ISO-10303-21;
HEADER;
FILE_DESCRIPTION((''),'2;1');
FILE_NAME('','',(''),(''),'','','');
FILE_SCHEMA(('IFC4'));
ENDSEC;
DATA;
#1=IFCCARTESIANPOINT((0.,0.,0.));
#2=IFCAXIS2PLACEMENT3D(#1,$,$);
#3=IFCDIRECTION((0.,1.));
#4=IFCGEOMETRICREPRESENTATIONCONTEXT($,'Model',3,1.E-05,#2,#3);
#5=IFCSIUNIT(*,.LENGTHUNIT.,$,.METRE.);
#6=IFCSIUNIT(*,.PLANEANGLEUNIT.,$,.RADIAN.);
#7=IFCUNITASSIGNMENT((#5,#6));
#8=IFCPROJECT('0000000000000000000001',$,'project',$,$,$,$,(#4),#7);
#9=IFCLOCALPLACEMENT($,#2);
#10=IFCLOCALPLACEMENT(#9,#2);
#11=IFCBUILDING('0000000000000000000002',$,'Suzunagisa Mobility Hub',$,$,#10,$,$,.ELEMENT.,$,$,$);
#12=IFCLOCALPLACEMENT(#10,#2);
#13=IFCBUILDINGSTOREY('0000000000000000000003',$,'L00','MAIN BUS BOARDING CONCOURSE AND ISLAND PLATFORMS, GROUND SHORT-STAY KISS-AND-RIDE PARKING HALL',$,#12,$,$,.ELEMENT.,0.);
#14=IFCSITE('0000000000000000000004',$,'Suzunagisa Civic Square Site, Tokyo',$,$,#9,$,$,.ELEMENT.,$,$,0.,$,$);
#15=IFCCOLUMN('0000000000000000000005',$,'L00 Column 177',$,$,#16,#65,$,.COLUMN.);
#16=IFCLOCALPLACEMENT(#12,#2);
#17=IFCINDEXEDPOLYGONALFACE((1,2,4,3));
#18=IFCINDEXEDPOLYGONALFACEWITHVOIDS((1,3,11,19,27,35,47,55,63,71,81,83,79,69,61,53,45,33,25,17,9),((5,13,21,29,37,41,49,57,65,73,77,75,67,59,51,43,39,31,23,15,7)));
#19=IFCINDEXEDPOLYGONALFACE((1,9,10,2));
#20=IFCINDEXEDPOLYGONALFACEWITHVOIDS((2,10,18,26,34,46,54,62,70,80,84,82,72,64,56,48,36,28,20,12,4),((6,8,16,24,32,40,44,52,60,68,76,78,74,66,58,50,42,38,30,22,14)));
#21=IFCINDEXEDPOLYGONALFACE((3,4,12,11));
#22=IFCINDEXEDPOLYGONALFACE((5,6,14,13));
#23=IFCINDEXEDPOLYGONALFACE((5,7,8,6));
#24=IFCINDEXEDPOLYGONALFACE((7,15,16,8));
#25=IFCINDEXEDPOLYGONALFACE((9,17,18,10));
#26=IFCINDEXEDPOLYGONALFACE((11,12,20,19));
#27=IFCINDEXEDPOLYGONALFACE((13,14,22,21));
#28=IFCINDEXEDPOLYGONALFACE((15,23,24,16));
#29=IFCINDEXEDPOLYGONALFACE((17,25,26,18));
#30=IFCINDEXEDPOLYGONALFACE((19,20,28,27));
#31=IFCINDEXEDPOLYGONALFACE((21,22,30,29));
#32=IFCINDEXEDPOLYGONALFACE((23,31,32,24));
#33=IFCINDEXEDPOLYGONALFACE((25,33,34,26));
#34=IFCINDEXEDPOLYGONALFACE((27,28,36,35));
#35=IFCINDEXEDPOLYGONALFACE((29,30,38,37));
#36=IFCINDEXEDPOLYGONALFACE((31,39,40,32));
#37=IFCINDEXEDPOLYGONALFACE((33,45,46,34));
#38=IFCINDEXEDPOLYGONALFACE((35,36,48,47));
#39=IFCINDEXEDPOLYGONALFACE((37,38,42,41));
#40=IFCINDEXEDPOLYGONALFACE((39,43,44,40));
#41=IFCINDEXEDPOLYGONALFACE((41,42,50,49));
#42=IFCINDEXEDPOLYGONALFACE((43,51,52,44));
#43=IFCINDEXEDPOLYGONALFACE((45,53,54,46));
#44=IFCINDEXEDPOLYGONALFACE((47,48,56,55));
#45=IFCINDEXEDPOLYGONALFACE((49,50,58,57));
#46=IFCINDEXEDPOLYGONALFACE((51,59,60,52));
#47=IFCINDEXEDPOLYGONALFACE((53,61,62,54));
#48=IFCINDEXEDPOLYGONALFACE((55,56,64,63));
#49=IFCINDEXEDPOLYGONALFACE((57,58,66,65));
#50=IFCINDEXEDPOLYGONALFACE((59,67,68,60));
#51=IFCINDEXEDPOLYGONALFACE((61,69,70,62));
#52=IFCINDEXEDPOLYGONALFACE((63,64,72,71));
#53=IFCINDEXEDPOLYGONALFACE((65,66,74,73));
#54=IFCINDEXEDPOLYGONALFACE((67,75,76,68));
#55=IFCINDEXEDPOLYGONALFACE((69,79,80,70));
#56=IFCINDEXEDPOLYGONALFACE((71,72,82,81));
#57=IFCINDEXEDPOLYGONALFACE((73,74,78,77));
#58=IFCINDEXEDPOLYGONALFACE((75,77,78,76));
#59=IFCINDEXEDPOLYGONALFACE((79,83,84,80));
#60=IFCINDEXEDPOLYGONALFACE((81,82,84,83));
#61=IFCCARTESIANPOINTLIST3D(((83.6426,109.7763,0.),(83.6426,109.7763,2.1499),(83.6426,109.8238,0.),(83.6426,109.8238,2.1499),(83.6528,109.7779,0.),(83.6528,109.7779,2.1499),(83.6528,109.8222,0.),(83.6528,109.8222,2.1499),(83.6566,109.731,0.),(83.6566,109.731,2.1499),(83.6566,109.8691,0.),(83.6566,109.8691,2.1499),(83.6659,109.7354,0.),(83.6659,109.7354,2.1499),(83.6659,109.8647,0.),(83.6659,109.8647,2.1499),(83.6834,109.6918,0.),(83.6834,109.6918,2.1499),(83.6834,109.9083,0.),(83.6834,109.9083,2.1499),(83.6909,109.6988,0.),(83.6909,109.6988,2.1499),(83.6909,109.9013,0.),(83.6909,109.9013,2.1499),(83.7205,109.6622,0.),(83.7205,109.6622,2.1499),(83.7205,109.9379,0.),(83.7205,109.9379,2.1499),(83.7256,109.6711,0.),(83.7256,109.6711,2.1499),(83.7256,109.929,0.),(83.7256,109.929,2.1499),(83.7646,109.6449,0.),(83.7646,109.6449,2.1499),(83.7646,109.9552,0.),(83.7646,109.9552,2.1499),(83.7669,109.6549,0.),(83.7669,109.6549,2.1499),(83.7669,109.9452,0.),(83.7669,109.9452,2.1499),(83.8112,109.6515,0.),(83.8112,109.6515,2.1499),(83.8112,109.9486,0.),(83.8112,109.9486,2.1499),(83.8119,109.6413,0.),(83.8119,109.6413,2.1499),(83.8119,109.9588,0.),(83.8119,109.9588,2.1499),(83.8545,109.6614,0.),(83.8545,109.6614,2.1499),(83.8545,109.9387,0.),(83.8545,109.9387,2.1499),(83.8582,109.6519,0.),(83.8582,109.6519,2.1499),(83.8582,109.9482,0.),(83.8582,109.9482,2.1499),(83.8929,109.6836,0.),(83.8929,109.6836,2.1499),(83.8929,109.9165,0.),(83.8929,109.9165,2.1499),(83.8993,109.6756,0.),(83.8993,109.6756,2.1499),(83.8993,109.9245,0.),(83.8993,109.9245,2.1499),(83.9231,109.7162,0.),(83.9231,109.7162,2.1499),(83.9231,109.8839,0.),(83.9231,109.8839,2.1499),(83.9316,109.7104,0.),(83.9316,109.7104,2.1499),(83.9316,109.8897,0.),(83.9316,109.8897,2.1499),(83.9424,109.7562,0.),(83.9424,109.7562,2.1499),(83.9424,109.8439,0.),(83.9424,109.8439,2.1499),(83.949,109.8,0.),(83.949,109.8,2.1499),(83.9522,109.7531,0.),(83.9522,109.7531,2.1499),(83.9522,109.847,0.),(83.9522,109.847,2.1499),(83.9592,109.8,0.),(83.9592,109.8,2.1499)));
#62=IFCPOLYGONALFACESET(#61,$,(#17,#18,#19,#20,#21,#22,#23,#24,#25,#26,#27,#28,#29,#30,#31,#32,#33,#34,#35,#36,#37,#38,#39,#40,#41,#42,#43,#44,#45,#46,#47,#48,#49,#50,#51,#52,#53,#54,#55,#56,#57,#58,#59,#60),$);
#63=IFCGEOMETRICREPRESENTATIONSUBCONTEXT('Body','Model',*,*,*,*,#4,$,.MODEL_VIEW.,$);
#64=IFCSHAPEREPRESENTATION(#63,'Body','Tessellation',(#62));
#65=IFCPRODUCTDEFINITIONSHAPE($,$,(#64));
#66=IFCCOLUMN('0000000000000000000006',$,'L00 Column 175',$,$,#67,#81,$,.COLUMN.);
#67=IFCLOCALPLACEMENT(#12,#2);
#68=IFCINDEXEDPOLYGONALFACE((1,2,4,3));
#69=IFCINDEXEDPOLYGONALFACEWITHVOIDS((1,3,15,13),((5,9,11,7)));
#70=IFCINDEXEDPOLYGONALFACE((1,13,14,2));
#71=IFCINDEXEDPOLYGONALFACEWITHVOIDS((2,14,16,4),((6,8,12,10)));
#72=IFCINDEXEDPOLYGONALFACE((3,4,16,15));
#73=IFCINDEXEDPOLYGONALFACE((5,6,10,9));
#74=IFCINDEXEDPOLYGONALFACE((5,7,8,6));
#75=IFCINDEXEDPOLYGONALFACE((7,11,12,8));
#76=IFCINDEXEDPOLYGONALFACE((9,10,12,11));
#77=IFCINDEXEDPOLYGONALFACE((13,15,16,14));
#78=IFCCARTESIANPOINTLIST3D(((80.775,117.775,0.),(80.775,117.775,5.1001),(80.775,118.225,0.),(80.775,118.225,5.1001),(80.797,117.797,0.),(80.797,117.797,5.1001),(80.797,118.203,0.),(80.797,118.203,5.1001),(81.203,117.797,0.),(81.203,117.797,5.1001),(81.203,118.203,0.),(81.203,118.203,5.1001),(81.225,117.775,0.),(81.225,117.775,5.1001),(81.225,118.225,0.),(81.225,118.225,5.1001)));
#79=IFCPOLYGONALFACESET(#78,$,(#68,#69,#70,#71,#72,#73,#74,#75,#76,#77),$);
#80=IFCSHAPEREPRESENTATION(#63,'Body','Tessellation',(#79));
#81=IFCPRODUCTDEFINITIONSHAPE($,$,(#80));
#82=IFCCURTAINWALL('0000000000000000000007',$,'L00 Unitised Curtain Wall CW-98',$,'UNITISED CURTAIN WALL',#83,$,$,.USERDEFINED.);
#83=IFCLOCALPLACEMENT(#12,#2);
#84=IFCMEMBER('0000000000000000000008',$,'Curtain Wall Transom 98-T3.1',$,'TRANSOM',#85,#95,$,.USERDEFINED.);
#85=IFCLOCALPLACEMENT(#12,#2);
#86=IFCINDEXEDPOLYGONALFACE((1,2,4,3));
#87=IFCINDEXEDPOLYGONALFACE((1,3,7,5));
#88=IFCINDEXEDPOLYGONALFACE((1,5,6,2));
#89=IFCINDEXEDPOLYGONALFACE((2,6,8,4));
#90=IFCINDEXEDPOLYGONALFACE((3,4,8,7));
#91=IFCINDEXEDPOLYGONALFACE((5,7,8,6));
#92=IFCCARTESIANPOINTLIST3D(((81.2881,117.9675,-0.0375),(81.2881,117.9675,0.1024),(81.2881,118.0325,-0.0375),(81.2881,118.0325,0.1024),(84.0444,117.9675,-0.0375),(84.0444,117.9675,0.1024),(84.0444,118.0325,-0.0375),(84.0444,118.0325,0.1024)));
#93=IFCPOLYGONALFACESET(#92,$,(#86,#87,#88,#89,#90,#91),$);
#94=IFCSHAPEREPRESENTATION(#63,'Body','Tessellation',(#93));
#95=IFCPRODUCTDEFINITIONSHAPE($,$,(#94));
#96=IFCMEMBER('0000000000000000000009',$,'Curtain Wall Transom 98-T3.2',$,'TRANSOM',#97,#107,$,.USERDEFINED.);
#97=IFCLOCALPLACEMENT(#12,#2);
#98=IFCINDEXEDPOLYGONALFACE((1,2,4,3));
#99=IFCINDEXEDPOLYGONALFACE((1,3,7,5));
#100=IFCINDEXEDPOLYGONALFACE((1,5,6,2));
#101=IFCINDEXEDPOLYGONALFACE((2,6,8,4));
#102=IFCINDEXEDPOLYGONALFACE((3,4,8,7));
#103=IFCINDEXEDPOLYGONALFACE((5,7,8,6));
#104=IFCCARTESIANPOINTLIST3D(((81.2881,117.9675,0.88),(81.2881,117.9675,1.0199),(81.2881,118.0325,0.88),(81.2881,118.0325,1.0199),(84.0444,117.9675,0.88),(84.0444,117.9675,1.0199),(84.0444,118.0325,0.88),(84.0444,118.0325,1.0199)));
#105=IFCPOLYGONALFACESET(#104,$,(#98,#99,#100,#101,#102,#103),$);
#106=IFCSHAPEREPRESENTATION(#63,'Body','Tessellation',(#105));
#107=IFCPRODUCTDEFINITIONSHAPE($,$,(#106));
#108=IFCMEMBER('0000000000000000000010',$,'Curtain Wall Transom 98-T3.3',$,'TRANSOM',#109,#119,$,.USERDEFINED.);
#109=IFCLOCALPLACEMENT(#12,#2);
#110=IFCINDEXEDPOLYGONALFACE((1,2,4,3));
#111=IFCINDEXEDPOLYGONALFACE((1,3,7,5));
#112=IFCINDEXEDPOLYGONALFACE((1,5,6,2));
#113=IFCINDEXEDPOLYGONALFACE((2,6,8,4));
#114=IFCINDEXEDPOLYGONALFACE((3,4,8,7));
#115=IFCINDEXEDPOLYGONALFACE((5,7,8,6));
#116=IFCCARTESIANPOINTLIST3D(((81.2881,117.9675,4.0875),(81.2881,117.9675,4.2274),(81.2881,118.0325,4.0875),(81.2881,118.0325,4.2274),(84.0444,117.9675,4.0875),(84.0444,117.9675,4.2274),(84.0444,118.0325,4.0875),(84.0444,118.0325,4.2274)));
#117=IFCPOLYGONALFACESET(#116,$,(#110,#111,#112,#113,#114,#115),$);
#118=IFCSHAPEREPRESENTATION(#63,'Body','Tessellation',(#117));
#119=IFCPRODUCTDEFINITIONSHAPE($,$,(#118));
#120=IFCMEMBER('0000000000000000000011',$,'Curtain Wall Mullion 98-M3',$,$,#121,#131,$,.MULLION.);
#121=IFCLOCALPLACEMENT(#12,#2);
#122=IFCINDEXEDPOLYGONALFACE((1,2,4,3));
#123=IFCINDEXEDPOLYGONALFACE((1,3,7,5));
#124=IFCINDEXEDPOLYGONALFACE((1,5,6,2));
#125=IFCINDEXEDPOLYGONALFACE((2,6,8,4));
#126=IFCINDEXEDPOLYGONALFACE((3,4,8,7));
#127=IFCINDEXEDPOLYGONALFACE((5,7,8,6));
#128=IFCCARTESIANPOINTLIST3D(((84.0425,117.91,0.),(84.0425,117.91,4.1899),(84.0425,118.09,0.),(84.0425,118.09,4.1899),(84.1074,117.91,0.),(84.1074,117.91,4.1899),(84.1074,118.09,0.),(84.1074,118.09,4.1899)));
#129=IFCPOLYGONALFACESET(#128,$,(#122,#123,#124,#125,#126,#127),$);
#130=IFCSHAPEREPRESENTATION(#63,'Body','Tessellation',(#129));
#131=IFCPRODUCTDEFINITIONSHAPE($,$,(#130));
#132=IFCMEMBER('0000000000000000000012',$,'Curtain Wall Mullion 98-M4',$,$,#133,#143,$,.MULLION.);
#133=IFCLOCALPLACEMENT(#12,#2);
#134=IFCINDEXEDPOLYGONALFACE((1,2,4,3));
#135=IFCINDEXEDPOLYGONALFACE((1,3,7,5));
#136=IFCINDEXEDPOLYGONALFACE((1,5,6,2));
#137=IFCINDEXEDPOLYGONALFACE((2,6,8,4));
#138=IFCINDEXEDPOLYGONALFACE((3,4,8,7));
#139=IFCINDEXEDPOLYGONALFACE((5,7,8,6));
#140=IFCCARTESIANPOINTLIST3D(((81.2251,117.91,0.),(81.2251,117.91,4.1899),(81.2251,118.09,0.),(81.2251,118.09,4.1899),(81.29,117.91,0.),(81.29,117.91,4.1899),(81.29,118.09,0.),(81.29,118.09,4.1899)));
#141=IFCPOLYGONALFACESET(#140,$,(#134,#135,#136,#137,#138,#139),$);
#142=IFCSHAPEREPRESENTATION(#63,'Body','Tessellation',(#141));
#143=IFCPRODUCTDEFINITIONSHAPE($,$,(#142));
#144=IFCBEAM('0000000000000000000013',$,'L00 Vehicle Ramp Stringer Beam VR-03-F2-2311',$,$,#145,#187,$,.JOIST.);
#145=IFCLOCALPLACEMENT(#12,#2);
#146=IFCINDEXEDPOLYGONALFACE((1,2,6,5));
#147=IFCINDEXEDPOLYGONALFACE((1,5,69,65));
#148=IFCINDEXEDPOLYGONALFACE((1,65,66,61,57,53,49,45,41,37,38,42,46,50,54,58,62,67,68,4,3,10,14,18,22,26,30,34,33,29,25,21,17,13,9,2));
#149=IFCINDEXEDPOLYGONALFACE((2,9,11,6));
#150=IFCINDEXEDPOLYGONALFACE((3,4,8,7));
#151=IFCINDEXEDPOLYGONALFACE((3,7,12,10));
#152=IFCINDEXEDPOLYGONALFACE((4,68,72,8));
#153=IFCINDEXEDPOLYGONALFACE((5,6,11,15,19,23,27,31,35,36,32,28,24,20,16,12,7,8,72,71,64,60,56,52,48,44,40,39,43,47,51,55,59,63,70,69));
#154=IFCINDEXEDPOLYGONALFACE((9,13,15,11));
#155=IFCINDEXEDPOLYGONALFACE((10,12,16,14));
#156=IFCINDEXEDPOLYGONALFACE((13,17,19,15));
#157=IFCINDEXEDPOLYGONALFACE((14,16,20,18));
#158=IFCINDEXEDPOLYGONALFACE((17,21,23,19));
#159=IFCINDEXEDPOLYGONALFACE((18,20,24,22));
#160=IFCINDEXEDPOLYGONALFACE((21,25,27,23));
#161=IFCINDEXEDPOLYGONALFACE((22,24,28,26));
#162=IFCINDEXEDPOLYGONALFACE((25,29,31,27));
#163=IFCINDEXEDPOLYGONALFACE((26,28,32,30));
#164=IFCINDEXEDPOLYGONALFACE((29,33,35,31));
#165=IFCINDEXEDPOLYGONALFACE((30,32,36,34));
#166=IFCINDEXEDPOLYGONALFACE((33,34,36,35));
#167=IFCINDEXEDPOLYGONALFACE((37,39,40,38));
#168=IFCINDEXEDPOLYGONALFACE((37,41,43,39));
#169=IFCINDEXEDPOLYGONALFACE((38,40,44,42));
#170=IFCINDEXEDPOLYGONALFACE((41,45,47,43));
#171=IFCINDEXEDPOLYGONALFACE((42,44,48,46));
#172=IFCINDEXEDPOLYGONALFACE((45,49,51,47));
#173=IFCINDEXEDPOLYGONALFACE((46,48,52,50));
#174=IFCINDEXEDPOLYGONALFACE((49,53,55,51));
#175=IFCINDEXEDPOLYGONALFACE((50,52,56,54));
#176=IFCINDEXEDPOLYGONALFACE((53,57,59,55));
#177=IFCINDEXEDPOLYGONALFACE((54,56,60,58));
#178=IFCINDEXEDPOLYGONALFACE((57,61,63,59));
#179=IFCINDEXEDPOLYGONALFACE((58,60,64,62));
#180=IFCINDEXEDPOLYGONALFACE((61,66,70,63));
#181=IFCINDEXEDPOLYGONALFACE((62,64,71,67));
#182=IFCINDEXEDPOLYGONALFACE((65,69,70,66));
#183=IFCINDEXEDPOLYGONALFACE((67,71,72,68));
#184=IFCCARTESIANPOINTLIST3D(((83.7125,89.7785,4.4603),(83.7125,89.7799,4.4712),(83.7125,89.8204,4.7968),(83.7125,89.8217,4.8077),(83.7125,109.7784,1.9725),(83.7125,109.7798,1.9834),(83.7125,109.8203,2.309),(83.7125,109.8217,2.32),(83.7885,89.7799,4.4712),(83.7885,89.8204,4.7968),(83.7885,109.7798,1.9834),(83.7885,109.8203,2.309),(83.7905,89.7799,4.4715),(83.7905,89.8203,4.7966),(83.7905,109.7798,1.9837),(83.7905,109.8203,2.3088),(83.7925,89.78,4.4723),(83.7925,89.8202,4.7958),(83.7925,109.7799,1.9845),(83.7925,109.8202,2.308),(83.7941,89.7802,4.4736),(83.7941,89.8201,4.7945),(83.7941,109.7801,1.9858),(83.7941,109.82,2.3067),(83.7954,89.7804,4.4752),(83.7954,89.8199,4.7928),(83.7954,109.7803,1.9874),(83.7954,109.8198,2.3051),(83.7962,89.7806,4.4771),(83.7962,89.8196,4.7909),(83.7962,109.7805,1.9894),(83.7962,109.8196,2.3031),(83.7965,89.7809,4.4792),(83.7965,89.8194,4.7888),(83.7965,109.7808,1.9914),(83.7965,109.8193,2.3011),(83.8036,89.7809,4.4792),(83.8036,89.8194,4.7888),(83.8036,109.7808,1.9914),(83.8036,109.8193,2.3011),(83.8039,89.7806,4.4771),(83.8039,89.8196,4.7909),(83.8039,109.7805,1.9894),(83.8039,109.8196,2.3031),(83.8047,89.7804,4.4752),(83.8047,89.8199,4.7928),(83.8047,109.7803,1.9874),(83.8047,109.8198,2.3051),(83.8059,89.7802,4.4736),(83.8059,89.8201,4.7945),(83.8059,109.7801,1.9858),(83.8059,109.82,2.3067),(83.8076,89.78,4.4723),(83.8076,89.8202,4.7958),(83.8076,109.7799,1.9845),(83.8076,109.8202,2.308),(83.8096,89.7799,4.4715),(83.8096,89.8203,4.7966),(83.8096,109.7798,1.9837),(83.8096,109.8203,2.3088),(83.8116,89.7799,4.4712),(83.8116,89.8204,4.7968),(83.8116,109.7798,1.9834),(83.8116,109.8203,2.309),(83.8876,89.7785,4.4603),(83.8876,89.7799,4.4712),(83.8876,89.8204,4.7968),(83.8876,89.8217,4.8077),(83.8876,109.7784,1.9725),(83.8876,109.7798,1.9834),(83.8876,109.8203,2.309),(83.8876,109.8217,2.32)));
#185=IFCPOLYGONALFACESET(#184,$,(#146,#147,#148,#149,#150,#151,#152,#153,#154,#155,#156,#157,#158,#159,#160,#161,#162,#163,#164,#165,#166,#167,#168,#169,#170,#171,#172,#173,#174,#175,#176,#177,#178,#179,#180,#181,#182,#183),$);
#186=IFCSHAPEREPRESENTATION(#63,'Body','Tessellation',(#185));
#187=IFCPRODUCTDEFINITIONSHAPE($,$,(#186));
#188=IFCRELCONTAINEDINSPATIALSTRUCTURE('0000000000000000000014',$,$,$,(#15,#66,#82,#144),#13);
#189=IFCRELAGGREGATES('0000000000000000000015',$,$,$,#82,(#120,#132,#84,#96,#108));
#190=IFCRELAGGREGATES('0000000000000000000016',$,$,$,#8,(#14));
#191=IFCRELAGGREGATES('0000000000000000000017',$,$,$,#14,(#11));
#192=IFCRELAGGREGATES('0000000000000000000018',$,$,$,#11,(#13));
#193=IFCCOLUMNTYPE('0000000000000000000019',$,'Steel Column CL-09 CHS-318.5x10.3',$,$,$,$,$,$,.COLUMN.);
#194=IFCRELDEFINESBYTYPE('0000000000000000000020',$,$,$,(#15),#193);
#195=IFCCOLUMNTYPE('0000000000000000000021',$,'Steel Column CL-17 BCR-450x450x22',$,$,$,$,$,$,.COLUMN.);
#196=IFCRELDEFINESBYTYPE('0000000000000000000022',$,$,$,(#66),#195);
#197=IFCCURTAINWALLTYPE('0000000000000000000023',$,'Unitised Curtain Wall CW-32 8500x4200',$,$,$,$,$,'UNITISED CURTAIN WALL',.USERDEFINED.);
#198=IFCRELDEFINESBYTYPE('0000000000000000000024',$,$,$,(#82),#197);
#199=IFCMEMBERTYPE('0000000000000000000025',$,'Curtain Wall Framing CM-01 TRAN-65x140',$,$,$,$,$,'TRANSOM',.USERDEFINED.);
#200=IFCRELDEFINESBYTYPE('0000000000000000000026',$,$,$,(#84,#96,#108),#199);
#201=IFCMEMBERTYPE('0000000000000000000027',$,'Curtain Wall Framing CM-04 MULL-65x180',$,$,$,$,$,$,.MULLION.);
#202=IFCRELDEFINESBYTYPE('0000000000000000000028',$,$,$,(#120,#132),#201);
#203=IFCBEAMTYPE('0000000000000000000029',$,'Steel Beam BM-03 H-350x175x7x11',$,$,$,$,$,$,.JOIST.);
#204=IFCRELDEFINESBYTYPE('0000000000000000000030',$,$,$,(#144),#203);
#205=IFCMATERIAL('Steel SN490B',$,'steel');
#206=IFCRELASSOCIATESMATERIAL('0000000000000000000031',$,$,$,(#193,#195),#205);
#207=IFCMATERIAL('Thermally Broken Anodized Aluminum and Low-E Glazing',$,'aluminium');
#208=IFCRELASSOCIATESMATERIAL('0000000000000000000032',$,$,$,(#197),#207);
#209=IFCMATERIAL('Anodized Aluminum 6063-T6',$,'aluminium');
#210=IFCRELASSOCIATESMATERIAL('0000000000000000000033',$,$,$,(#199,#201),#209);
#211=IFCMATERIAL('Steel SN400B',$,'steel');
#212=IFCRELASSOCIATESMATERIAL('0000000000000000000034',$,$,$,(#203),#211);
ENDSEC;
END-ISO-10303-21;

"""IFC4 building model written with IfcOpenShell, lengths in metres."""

from ifc_helpers import new_model, si_unit, direction, frame, origin, origin_2d, place, context, subcontext, project, spatial, rectangle, hollow_rectangle, hollow_circle, i_section, extrude, material, material_profile, profile_set, type_object, element, aggregate, save


model = new_model("IFC4")

# Units and contexts
model_context = context("Model", 3, precision=1e-05, world=origin(), true_north=direction((0.0, 1.0)))
body_context = subcontext(model_context, "Body", "Model", "MODEL_VIEW")
ifc_project = project(units=[si_unit("LENGTHUNIT", "METRE"), si_unit("PLANEANGLEUNIT", "RADIAN")], contexts=[model_context])

# Site, building, storey
site_placement = place(None, origin())
site = spatial("IfcSite", under=ifc_project, at=site_placement, Name="Suzunagisa Civic Square Site, Tokyo", CompositionType="ELEMENT", RefElevation=0.0)
building_placement = place(site_placement, origin())
building = spatial("IfcBuilding", under=site, at=building_placement, Name="Suzunagisa Mobility Hub", CompositionType="ELEMENT")
storey_placement = place(building_placement, origin())
storey = spatial("IfcBuildingStorey", under=building, at=storey_placement, Name="L00", Description="MAIN BUS BOARDING CONCOURSE AND ISLAND PLATFORMS, GROUND SHORT-STAY KISS-AND-RIDE PARKING HALL", CompositionType="ELEMENT", Elevation=0.0)

# Columns
ifc_material_1 = material(Name="Steel SN490B", Category="steel")
ifc_material_profile_1 = material_profile(ifc_material_1, hollow_circle(Radius=0.1592, WallThickness=0.0103, at=origin_2d()), Name="CHS-318.5x10.3")
ifc_profile_set_1 = profile_set([ifc_material_profile_1], Name="Steel SN490B")
column_type_1 = type_object("IfcColumnType", Name="Steel Column CL-09 CHS-318.5x10.3", PredefinedType="COLUMN", material=ifc_profile_set_1)
column_1_placement = place(storey_placement, frame((83.8, 109.8, 0.0), z_axis=(0.0, 0.0, 1.0), x_axis=(1.0, 0.0, 0.0)))
element("IfcColumn", 1, at=column_1_placement, inside=storey, type_object=column_type_1, Name="L00 Column 177", PredefinedType="COLUMN", context=body_context, shape_type="SweptSolid", body=[
    extrude(hollow_circle(Radius=0.1592, WallThickness=0.0103, at=origin_2d()), origin(), (0.0, 0.0, 1.0), 2.1499),
])
ifc_material_profile_2 = material_profile(ifc_material_1, hollow_rectangle(XDim=0.45, YDim=0.45, WallThickness=0.022, at=origin_2d()), Name="BCR-450x450x22")
ifc_profile_set_2 = profile_set([ifc_material_profile_2], Name="Steel SN490B")
column_type_2 = type_object("IfcColumnType", Name="Steel Column CL-17 BCR-450x450x22", PredefinedType="COLUMN", material=ifc_profile_set_2)
column_2_placement = place(storey_placement, frame((81.0, 118.0, 0.0), z_axis=(0.0, 0.0, 1.0), x_axis=(1.0, 0.0, 0.0)))
element("IfcColumn", 2, at=column_2_placement, inside=storey, type_object=column_type_2, Name="L00 Column 175", PredefinedType="COLUMN", context=body_context, shape_type="SweptSolid", body=[
    extrude(hollow_rectangle(XDim=0.45, YDim=0.45, WallThickness=0.022, at=origin_2d()), origin(), (0.0, 0.0, 1.0), 5.1001),
])

# Curtain wall, members
ifc_material_2 = material(Name="Thermally Broken Anodized Aluminum and Low-E Glazing", Category="aluminium")
curtain_wall_type = type_object("IfcCurtainWallType", Name="Unitised Curtain Wall CW-32 8500x4200", ElementType="UNITISED CURTAIN WALL", PredefinedType="USERDEFINED", material=ifc_material_2)
curtain_wall_placement = place(storey_placement, origin())
curtain_wall = element("IfcCurtainWall", 3, at=curtain_wall_placement, inside=storey, type_object=curtain_wall_type, Name="L00 Unitised Curtain Wall CW-98", ObjectType="UNITISED CURTAIN WALL", PredefinedType="USERDEFINED")
ifc_material_3 = material(Name="Anodized Aluminum 6063-T6", Category="aluminium")
ifc_material_profile_3 = material_profile(ifc_material_3, rectangle(XDim=0.0649, YDim=0.1399, at=origin_2d()), Name="TRAN-65x140")
ifc_profile_set_3 = profile_set([ifc_material_profile_3], Name="Anodized Aluminum 6063-T6")
member_type_1 = type_object("IfcMemberType", Name="Curtain Wall Framing CM-01 TRAN-65x140", ElementType="TRANSOM", PredefinedType="USERDEFINED", material=ifc_profile_set_3)
member_1_placement = place(storey_placement, frame((84.0444, 118.0, 0.0325), z_axis=(-1.0, 0.0, 0.0), x_axis=(0.0, -1.0, 0.0)))
member_1 = element("IfcMember", 4, at=member_1_placement, type_object=member_type_1, Name="Curtain Wall Transom 98-T3.1", ObjectType="TRANSOM", PredefinedType="USERDEFINED", context=body_context, shape_type="SweptSolid", body=[
    extrude(rectangle(XDim=0.0649, YDim=0.1399, at=origin_2d()), origin(), (0.0, 0.0, 1.0), 2.7563),
])
member_2_placement = place(storey_placement, frame((84.0444, 118.0, 0.95), z_axis=(-1.0, 0.0, 0.0), x_axis=(0.0, -1.0, 0.0)))
member_2 = element("IfcMember", 5, at=member_2_placement, type_object=member_type_1, Name="Curtain Wall Transom 98-T3.2", ObjectType="TRANSOM", PredefinedType="USERDEFINED", context=body_context, shape_type="SweptSolid", body=[
    extrude(rectangle(XDim=0.0649, YDim=0.1399, at=origin_2d()), origin(), (0.0, 0.0, 1.0), 2.7563),
])
member_3_placement = place(storey_placement, frame((84.0444, 118.0, 4.1575), z_axis=(-1.0, 0.0, 0.0), x_axis=(0.0, -1.0, 0.0)))
member_3 = element("IfcMember", 6, at=member_3_placement, type_object=member_type_1, Name="Curtain Wall Transom 98-T3.3", ObjectType="TRANSOM", PredefinedType="USERDEFINED", context=body_context, shape_type="SweptSolid", body=[
    extrude(rectangle(XDim=0.0649, YDim=0.1399, at=origin_2d()), origin(), (0.0, 0.0, 1.0), 2.7563),
])
ifc_material_profile_4 = material_profile(ifc_material_3, rectangle(XDim=0.0649, YDim=0.1799, at=origin_2d()), Name="MULL-65x180")
ifc_profile_set_4 = profile_set([ifc_material_profile_4], Name="Anodized Aluminum 6063-T6")
member_type_2 = type_object("IfcMemberType", Name="Curtain Wall Framing CM-04 MULL-65x180", PredefinedType="MULLION", material=ifc_profile_set_4)
member_4_placement = place(storey_placement, frame((84.075, 118.0, 0.0), z_axis=(0.0, 0.0, 1.0), x_axis=(-1.0, 0.0, 0.0)))
member_4 = element("IfcMember", 7, at=member_4_placement, type_object=member_type_2, Name="Curtain Wall Mullion 98-M3", PredefinedType="MULLION", context=body_context, shape_type="SweptSolid", body=[
    extrude(rectangle(XDim=0.0649, YDim=0.1799, at=origin_2d()), origin(), (0.0, 0.0, 1.0), 4.1899),
])
member_5_placement = place(storey_placement, frame((81.2576, 118.0, 0.0), z_axis=(0.0, 0.0, 1.0), x_axis=(-1.0, 0.0, 0.0)))
member_5 = element("IfcMember", 8, at=member_5_placement, type_object=member_type_2, Name="Curtain Wall Mullion 98-M4", PredefinedType="MULLION", context=body_context, shape_type="SweptSolid", body=[
    extrude(rectangle(XDim=0.0649, YDim=0.1799, at=origin_2d()), origin(), (0.0, 0.0, 1.0), 4.1899),
])

# Beam
ifc_material_4 = material(Name="Steel SN400B", Category="steel")
ifc_material_profile_5 = material_profile(ifc_material_4, i_section(OverallWidth=0.175, OverallDepth=0.3501, WebThickness=0.0071, FlangeThickness=0.011, FilletRadius=0.0081, at=origin_2d()), Name="H-350x175x7x11")
ifc_profile_set_5 = profile_set([ifc_material_profile_5], Name="Steel SN400B")
beam_type_1 = type_object("IfcBeamType", Name="Steel Beam BM-03 H-350x175x7x11", PredefinedType="JOIST", material=ifc_profile_set_5)
beam_1_placement = place(storey_placement, frame((83.8, 109.8, 2.1462), z_axis=(0.0, -0.992352, 0.123438), x_axis=(1.0, 0.0, 0.0)))
element("IfcBeam", 9, at=beam_1_placement, inside=storey, type_object=beam_type_1, Name="L00 Vehicle Ramp Stringer Beam VR-03-F2-2311", PredefinedType="JOIST", context=body_context, shape_type="SweptSolid", body=[
    extrude(i_section(OverallWidth=0.175, OverallDepth=0.3501, WebThickness=0.0071, FlangeThickness=0.011, FilletRadius=0.0081, at=origin_2d()), origin(), (0.0, 0.0, 1.0), 20.1541),
])

aggregate(curtain_wall, [member_4, member_5, member_1, member_2, member_3])

save(model, "model.ifc")
